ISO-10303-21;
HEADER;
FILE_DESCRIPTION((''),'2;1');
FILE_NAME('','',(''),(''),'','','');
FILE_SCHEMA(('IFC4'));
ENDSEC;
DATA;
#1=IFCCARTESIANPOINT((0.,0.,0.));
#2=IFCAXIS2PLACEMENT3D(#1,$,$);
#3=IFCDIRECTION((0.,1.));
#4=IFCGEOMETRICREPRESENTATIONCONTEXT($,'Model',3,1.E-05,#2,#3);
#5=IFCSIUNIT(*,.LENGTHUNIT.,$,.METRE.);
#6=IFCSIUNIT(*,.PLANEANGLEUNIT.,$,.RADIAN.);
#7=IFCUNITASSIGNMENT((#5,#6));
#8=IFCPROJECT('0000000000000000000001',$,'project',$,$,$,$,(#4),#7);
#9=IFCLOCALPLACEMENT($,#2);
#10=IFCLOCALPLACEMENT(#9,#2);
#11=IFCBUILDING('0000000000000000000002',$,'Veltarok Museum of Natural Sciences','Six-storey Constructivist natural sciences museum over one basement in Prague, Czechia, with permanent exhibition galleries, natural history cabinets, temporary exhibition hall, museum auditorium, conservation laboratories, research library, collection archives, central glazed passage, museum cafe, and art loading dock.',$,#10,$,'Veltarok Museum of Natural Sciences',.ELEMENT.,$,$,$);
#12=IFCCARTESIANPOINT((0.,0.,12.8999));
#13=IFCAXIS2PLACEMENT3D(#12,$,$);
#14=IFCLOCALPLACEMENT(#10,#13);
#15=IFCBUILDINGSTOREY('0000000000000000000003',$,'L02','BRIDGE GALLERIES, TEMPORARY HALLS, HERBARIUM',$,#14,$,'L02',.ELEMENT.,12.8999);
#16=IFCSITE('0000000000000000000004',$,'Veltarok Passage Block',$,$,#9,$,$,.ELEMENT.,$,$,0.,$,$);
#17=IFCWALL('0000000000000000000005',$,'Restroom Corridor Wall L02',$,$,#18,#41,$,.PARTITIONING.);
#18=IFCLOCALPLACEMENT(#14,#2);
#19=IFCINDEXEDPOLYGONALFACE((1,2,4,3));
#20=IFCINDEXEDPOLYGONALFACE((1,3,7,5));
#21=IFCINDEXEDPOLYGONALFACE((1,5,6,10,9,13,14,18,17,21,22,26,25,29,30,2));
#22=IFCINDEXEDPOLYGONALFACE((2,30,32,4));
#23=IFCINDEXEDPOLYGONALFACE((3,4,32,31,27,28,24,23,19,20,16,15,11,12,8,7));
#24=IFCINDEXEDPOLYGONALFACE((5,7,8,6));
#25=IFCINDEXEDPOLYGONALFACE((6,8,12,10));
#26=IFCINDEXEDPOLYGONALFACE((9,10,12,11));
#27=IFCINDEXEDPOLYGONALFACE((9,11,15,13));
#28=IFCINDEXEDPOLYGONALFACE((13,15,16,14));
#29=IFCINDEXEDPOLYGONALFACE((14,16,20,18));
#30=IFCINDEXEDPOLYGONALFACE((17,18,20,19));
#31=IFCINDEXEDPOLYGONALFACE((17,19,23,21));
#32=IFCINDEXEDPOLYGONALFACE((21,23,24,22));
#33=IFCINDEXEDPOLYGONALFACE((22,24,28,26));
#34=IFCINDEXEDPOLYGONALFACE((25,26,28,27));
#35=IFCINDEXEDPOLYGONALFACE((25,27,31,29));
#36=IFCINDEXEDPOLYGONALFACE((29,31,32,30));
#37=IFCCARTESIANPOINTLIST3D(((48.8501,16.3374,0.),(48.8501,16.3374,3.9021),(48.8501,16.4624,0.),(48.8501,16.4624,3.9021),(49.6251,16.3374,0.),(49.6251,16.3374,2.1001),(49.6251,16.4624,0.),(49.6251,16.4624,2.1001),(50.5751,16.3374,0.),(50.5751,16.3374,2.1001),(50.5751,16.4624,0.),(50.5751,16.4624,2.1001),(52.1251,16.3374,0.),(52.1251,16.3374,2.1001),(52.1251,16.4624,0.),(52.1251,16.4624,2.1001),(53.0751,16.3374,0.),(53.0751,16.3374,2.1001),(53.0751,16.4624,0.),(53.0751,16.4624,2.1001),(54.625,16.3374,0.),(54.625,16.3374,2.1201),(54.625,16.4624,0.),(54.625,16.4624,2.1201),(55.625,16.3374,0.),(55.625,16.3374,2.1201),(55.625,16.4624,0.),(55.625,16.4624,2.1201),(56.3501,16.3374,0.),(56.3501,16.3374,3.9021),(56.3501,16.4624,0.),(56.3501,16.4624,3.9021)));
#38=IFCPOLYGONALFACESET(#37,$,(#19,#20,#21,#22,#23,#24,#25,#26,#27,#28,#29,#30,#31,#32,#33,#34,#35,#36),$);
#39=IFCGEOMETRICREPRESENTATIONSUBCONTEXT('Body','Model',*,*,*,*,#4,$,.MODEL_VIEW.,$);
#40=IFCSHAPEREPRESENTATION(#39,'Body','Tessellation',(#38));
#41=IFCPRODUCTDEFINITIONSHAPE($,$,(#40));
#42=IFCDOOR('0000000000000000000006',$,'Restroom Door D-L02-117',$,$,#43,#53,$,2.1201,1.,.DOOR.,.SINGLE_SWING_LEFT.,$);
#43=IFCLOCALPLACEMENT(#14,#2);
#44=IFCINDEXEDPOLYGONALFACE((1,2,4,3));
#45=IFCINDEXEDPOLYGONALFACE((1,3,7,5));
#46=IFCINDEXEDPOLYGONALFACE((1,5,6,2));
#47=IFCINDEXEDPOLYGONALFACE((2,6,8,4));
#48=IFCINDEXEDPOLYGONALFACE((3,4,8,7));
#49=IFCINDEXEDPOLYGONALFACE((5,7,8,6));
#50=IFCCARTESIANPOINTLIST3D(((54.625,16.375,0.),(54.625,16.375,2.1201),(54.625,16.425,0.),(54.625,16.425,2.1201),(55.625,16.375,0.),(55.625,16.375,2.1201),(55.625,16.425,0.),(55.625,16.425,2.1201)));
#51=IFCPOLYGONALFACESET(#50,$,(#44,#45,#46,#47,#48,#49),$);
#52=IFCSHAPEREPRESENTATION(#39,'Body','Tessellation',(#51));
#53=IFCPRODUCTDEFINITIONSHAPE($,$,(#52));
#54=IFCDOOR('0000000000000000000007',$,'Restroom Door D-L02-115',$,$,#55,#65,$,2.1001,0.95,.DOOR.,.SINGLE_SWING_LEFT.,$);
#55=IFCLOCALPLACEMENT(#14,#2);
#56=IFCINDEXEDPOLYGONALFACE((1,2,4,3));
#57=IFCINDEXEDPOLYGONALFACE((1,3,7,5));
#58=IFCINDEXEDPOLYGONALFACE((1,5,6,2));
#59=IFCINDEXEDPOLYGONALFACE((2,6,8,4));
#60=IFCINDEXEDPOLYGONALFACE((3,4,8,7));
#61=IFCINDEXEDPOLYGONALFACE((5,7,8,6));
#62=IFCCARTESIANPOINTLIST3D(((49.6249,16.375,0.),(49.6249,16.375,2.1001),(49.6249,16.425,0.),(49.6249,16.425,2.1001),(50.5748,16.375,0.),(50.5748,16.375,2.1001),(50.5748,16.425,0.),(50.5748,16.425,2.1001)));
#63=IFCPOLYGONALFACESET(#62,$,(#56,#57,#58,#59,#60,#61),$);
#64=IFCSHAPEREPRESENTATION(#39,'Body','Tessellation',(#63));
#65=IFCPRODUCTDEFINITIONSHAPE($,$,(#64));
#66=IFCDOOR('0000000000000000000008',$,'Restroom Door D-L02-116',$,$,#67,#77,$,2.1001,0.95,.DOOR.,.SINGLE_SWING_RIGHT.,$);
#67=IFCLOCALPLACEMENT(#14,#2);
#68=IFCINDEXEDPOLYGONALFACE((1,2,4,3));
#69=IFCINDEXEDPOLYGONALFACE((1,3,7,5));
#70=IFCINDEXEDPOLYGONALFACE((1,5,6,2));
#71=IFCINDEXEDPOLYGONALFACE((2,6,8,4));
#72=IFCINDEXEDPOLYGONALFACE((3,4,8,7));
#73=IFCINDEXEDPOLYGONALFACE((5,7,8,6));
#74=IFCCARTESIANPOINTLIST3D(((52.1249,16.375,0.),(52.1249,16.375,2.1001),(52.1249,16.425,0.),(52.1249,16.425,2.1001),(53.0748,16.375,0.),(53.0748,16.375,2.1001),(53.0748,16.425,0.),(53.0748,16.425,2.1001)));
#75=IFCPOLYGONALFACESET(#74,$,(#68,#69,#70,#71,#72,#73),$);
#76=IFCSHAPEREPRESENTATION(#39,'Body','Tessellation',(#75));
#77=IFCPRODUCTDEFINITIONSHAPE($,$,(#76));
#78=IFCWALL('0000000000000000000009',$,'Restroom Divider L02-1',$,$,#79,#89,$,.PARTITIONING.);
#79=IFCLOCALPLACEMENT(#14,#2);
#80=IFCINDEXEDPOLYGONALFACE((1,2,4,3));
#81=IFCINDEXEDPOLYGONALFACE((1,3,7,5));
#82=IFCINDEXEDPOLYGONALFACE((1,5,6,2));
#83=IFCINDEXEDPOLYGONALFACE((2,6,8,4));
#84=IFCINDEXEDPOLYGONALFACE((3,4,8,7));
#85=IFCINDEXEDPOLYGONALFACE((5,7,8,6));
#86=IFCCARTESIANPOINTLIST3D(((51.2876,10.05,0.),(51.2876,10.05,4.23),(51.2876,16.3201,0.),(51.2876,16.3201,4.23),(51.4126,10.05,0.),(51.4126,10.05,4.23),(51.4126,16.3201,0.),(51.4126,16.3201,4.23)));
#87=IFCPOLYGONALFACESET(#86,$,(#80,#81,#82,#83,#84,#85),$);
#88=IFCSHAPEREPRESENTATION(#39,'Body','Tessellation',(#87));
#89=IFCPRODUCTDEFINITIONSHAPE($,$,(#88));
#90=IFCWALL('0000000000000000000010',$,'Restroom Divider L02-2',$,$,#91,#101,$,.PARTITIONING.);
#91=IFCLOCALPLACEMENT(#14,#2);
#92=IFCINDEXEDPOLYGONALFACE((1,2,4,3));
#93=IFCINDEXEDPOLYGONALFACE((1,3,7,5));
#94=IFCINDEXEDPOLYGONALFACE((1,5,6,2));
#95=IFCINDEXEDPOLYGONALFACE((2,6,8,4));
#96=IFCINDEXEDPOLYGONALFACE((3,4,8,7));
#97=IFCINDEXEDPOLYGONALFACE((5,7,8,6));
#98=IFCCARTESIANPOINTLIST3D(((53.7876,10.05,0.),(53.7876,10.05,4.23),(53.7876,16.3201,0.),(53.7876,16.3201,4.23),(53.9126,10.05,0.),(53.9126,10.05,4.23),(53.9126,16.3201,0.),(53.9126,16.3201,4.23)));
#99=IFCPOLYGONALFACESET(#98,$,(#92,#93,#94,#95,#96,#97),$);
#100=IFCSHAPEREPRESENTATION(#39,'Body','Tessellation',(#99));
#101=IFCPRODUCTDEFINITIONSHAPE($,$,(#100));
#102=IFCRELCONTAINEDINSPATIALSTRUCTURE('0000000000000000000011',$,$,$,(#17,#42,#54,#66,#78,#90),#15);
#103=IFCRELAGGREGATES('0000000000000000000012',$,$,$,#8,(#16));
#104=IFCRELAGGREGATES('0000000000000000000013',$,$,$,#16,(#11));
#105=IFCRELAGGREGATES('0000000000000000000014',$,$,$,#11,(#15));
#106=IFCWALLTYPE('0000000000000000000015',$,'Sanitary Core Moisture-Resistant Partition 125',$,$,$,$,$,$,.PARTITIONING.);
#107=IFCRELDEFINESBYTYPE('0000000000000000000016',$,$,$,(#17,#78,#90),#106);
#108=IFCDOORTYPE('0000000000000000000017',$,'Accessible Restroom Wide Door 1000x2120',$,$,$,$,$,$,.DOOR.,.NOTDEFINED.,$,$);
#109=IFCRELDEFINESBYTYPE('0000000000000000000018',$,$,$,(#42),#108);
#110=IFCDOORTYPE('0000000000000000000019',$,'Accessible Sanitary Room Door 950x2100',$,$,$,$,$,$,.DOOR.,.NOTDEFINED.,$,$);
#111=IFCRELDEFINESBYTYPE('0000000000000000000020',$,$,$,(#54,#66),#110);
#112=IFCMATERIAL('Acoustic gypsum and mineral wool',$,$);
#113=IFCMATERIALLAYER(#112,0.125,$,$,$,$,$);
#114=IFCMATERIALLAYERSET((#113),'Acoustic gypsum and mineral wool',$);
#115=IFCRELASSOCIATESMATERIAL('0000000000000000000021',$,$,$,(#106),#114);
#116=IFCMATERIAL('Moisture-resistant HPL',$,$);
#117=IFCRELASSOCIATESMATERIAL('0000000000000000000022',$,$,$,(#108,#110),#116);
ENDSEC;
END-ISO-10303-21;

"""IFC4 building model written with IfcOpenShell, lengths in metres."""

from ifc_helpers import new_model, si_unit, direction, frame, frame_2d, origin, place, context, subcontext, project, spatial, rectangle, extrude, material, layer, layer_set, type_object, element, fill, save


model = new_model("IFC4")

# Units and contexts
model_context = context("Model", 3, precision=1e-05, world=origin(), true_north=direction((0.0, 1.0)))
body_context = subcontext(model_context, "Body", "Model", "MODEL_VIEW")
ifc_project = project(units=[si_unit("LENGTHUNIT", "METRE"), si_unit("PLANEANGLEUNIT", "RADIAN")], contexts=[model_context])

# Site, building, storey
site_placement = place(None, origin())
site = spatial("IfcSite", under=ifc_project, at=site_placement, Name="Veltarok Passage Block", CompositionType="ELEMENT", RefElevation=0.0)
building_placement = place(site_placement, origin())
building = spatial("IfcBuilding", under=site, at=building_placement, Name="Veltarok Museum of Natural Sciences", Description="Six-storey Constructivist natural sciences museum over one basement in Prague, Czechia, with permanent exhibition galleries, natural history cabinets, temporary exhibition hall, museum auditorium, conservation laboratories, research library, collection archives, central glazed passage, museum cafe, and art loading dock.", LongName="Veltarok Museum of Natural Sciences", CompositionType="ELEMENT")
storey_placement = place(building_placement, frame((0.0, 0.0, 12.8999)))
storey = spatial("IfcBuildingStorey", under=building, at=storey_placement, Name="L02", Description="BRIDGE GALLERIES, TEMPORARY HALLS, HERBARIUM", LongName="L02", CompositionType="ELEMENT", Elevation=12.8999)

# Wall, openings, doors
ifc_material_1 = material(Name="Acoustic gypsum and mineral wool")
ifc_layer = layer(ifc_material_1, 0.125)
ifc_layer_set = layer_set([ifc_layer], Name="Acoustic gypsum and mineral wool")
wall_type = type_object("IfcWallType", Name="Sanitary Core Moisture-Resistant Partition 125", PredefinedType="PARTITIONING", material=ifc_layer_set)
wall_placement = place(storey_placement, frame((48.8501, 16.3999, 0.0), z_axis=(0.0, 0.0, 1.0), x_axis=(1.0, 0.0, 0.0)))
wall = element("IfcWall", 1, at=wall_placement, inside=storey, type_object=wall_type, Name="Restroom Corridor Wall L02", PredefinedType="PARTITIONING", context=body_context, shape_type="SweptSolid", body=[
    extrude(rectangle(XDim=7.5, YDim=0.125, at=frame_2d((3.75, 0.0))), origin(), (0.0, 0.0, 1.0), 3.9021),
])
opening_1_placement = place(wall_placement, frame((0.7749, 0.0, 0.0)))
opening_1 = element("IfcOpeningElement", 2, at=opening_1_placement, cuts=wall, PredefinedType="OPENING", context=body_context, shape_type="SweptSolid", body=[
    extrude(rectangle(XDim=0.95, YDim=2.1001, at=frame_2d((0.4751, 1.05))), frame((0.0, 0.0725, 0.0), z_axis=(0.0, -1.0, 0.0), x_axis=(1.0, 0.0, 0.0)), (0.0, 0.0, 1.0), 0.145),
])
opening_2_placement = place(wall_placement, frame((3.2749, 0.0, 0.0)))
opening_2 = element("IfcOpeningElement", 3, at=opening_2_placement, cuts=wall, PredefinedType="OPENING", context=body_context, shape_type="SweptSolid", body=[
    extrude(rectangle(XDim=0.95, YDim=2.1001, at=frame_2d((0.4751, 1.05))), frame((0.0, 0.0725, 0.0), z_axis=(0.0, -1.0, 0.0), x_axis=(1.0, 0.0, 0.0)), (0.0, 0.0, 1.0), 0.145),
])
opening_3_placement = place(wall_placement, frame((5.7749, 0.0, 0.0)))
opening_3 = element("IfcOpeningElement", 4, at=opening_3_placement, cuts=wall, PredefinedType="OPENING", context=body_context, shape_type="SweptSolid", body=[
    extrude(rectangle(XDim=1.0, YDim=2.1201, at=frame_2d((0.5, 1.0601))), frame((0.0, 0.0725, 0.0), z_axis=(0.0, -1.0, 0.0), x_axis=(1.0, 0.0, 0.0)), (0.0, 0.0, 1.0), 0.145),
])
ifc_material_2 = material(Name="Moisture-resistant HPL")
door_type_1 = type_object("IfcDoorType", Name="Accessible Restroom Wide Door 1000x2120", OperationType="NOTDEFINED", PredefinedType="DOOR", material=ifc_material_2)
door_1_placement = place(opening_3_placement, frame((1.0, 0.0, 0.0), z_axis=(0.0, 0.0, 1.0), x_axis=(-1.0, 0.0, 0.0)))
door_1 = element("IfcDoor", 5, at=door_1_placement, inside=storey, type_object=door_type_1, Name="Restroom Door D-L02-117", OperationType="SINGLE_SWING_LEFT", OverallHeight=2.1201, OverallWidth=1.0, PredefinedType="DOOR", context=body_context, shape_type="SweptSolid", body=[
    extrude(rectangle(XDim=1.0, YDim=2.1201, at=frame_2d((0.5, 1.0601))), frame((0.0, 0.0249, 0.0), z_axis=(0.0, -1.0, 0.0), x_axis=(1.0, 0.0, 0.0)), (0.0, 0.0, 1.0), 0.05),
])
fill(opening_3, door_1)
door_type_2 = type_object("IfcDoorType", Name="Accessible Sanitary Room Door 950x2100", OperationType="NOTDEFINED", PredefinedType="DOOR", material=ifc_material_2)
door_2_placement = place(opening_1_placement, frame((0.95, 0.0, 0.0), z_axis=(0.0, 0.0, 1.0), x_axis=(-1.0, 0.0, 0.0)))
door_2 = element("IfcDoor", 6, at=door_2_placement, inside=storey, type_object=door_type_2, Name="Restroom Door D-L02-115", OperationType="SINGLE_SWING_LEFT", OverallHeight=2.1001, OverallWidth=0.95, PredefinedType="DOOR", context=body_context, shape_type="SweptSolid", body=[
    extrude(rectangle(XDim=0.95, YDim=2.1001, at=frame_2d((0.4751, 1.05))), frame((0.0, 0.0249, 0.0), z_axis=(0.0, -1.0, 0.0), x_axis=(1.0, 0.0, 0.0)), (0.0, 0.0, 1.0), 0.05),
])
fill(opening_1, door_2)
door_3_placement = place(opening_2_placement, frame((0.95, 0.0, 0.0), z_axis=(0.0, 0.0, 1.0), x_axis=(-1.0, 0.0, 0.0)))
door_3 = element("IfcDoor", 7, at=door_3_placement, inside=storey, type_object=door_type_2, Name="Restroom Door D-L02-116", OperationType="SINGLE_SWING_RIGHT", OverallHeight=2.1001, OverallWidth=0.95, PredefinedType="DOOR", context=body_context, shape_type="SweptSolid", body=[
    extrude(rectangle(XDim=0.95, YDim=2.1001, at=frame_2d((0.4751, 1.05))), frame((0.0, 0.0249, 0.0), z_axis=(0.0, -1.0, 0.0), x_axis=(1.0, 0.0, 0.0)), (0.0, 0.0, 1.0), 0.05),
])
fill(opening_2, door_3)

# Walls
for number, where, z_axis, x_axis, name in (
    (8, (51.3501, 10.05, 0.0), (0.0, 0.0, 1.0), (0.0, 1.0, 0.0), "Restroom Divider L02-1"),
    (9, (53.8501, 10.05, 0.0), (0.0, 0.0, 1.0), (0.0, 1.0, 0.0), "Restroom Divider L02-2"),
):
    element("IfcWall", number, at=place(storey_placement, frame(where, z_axis=z_axis, x_axis=x_axis)), inside=storey, type_object=wall_type, Name=name, PredefinedType="PARTITIONING", context=body_context, shape_type="SweptSolid", body=[
        extrude(rectangle(XDim=6.27, YDim=0.125, at=frame_2d((3.135, 0.0))), origin(), (0.0, 0.0, 1.0), 4.23),
    ])

save(model, "model.ifc")
